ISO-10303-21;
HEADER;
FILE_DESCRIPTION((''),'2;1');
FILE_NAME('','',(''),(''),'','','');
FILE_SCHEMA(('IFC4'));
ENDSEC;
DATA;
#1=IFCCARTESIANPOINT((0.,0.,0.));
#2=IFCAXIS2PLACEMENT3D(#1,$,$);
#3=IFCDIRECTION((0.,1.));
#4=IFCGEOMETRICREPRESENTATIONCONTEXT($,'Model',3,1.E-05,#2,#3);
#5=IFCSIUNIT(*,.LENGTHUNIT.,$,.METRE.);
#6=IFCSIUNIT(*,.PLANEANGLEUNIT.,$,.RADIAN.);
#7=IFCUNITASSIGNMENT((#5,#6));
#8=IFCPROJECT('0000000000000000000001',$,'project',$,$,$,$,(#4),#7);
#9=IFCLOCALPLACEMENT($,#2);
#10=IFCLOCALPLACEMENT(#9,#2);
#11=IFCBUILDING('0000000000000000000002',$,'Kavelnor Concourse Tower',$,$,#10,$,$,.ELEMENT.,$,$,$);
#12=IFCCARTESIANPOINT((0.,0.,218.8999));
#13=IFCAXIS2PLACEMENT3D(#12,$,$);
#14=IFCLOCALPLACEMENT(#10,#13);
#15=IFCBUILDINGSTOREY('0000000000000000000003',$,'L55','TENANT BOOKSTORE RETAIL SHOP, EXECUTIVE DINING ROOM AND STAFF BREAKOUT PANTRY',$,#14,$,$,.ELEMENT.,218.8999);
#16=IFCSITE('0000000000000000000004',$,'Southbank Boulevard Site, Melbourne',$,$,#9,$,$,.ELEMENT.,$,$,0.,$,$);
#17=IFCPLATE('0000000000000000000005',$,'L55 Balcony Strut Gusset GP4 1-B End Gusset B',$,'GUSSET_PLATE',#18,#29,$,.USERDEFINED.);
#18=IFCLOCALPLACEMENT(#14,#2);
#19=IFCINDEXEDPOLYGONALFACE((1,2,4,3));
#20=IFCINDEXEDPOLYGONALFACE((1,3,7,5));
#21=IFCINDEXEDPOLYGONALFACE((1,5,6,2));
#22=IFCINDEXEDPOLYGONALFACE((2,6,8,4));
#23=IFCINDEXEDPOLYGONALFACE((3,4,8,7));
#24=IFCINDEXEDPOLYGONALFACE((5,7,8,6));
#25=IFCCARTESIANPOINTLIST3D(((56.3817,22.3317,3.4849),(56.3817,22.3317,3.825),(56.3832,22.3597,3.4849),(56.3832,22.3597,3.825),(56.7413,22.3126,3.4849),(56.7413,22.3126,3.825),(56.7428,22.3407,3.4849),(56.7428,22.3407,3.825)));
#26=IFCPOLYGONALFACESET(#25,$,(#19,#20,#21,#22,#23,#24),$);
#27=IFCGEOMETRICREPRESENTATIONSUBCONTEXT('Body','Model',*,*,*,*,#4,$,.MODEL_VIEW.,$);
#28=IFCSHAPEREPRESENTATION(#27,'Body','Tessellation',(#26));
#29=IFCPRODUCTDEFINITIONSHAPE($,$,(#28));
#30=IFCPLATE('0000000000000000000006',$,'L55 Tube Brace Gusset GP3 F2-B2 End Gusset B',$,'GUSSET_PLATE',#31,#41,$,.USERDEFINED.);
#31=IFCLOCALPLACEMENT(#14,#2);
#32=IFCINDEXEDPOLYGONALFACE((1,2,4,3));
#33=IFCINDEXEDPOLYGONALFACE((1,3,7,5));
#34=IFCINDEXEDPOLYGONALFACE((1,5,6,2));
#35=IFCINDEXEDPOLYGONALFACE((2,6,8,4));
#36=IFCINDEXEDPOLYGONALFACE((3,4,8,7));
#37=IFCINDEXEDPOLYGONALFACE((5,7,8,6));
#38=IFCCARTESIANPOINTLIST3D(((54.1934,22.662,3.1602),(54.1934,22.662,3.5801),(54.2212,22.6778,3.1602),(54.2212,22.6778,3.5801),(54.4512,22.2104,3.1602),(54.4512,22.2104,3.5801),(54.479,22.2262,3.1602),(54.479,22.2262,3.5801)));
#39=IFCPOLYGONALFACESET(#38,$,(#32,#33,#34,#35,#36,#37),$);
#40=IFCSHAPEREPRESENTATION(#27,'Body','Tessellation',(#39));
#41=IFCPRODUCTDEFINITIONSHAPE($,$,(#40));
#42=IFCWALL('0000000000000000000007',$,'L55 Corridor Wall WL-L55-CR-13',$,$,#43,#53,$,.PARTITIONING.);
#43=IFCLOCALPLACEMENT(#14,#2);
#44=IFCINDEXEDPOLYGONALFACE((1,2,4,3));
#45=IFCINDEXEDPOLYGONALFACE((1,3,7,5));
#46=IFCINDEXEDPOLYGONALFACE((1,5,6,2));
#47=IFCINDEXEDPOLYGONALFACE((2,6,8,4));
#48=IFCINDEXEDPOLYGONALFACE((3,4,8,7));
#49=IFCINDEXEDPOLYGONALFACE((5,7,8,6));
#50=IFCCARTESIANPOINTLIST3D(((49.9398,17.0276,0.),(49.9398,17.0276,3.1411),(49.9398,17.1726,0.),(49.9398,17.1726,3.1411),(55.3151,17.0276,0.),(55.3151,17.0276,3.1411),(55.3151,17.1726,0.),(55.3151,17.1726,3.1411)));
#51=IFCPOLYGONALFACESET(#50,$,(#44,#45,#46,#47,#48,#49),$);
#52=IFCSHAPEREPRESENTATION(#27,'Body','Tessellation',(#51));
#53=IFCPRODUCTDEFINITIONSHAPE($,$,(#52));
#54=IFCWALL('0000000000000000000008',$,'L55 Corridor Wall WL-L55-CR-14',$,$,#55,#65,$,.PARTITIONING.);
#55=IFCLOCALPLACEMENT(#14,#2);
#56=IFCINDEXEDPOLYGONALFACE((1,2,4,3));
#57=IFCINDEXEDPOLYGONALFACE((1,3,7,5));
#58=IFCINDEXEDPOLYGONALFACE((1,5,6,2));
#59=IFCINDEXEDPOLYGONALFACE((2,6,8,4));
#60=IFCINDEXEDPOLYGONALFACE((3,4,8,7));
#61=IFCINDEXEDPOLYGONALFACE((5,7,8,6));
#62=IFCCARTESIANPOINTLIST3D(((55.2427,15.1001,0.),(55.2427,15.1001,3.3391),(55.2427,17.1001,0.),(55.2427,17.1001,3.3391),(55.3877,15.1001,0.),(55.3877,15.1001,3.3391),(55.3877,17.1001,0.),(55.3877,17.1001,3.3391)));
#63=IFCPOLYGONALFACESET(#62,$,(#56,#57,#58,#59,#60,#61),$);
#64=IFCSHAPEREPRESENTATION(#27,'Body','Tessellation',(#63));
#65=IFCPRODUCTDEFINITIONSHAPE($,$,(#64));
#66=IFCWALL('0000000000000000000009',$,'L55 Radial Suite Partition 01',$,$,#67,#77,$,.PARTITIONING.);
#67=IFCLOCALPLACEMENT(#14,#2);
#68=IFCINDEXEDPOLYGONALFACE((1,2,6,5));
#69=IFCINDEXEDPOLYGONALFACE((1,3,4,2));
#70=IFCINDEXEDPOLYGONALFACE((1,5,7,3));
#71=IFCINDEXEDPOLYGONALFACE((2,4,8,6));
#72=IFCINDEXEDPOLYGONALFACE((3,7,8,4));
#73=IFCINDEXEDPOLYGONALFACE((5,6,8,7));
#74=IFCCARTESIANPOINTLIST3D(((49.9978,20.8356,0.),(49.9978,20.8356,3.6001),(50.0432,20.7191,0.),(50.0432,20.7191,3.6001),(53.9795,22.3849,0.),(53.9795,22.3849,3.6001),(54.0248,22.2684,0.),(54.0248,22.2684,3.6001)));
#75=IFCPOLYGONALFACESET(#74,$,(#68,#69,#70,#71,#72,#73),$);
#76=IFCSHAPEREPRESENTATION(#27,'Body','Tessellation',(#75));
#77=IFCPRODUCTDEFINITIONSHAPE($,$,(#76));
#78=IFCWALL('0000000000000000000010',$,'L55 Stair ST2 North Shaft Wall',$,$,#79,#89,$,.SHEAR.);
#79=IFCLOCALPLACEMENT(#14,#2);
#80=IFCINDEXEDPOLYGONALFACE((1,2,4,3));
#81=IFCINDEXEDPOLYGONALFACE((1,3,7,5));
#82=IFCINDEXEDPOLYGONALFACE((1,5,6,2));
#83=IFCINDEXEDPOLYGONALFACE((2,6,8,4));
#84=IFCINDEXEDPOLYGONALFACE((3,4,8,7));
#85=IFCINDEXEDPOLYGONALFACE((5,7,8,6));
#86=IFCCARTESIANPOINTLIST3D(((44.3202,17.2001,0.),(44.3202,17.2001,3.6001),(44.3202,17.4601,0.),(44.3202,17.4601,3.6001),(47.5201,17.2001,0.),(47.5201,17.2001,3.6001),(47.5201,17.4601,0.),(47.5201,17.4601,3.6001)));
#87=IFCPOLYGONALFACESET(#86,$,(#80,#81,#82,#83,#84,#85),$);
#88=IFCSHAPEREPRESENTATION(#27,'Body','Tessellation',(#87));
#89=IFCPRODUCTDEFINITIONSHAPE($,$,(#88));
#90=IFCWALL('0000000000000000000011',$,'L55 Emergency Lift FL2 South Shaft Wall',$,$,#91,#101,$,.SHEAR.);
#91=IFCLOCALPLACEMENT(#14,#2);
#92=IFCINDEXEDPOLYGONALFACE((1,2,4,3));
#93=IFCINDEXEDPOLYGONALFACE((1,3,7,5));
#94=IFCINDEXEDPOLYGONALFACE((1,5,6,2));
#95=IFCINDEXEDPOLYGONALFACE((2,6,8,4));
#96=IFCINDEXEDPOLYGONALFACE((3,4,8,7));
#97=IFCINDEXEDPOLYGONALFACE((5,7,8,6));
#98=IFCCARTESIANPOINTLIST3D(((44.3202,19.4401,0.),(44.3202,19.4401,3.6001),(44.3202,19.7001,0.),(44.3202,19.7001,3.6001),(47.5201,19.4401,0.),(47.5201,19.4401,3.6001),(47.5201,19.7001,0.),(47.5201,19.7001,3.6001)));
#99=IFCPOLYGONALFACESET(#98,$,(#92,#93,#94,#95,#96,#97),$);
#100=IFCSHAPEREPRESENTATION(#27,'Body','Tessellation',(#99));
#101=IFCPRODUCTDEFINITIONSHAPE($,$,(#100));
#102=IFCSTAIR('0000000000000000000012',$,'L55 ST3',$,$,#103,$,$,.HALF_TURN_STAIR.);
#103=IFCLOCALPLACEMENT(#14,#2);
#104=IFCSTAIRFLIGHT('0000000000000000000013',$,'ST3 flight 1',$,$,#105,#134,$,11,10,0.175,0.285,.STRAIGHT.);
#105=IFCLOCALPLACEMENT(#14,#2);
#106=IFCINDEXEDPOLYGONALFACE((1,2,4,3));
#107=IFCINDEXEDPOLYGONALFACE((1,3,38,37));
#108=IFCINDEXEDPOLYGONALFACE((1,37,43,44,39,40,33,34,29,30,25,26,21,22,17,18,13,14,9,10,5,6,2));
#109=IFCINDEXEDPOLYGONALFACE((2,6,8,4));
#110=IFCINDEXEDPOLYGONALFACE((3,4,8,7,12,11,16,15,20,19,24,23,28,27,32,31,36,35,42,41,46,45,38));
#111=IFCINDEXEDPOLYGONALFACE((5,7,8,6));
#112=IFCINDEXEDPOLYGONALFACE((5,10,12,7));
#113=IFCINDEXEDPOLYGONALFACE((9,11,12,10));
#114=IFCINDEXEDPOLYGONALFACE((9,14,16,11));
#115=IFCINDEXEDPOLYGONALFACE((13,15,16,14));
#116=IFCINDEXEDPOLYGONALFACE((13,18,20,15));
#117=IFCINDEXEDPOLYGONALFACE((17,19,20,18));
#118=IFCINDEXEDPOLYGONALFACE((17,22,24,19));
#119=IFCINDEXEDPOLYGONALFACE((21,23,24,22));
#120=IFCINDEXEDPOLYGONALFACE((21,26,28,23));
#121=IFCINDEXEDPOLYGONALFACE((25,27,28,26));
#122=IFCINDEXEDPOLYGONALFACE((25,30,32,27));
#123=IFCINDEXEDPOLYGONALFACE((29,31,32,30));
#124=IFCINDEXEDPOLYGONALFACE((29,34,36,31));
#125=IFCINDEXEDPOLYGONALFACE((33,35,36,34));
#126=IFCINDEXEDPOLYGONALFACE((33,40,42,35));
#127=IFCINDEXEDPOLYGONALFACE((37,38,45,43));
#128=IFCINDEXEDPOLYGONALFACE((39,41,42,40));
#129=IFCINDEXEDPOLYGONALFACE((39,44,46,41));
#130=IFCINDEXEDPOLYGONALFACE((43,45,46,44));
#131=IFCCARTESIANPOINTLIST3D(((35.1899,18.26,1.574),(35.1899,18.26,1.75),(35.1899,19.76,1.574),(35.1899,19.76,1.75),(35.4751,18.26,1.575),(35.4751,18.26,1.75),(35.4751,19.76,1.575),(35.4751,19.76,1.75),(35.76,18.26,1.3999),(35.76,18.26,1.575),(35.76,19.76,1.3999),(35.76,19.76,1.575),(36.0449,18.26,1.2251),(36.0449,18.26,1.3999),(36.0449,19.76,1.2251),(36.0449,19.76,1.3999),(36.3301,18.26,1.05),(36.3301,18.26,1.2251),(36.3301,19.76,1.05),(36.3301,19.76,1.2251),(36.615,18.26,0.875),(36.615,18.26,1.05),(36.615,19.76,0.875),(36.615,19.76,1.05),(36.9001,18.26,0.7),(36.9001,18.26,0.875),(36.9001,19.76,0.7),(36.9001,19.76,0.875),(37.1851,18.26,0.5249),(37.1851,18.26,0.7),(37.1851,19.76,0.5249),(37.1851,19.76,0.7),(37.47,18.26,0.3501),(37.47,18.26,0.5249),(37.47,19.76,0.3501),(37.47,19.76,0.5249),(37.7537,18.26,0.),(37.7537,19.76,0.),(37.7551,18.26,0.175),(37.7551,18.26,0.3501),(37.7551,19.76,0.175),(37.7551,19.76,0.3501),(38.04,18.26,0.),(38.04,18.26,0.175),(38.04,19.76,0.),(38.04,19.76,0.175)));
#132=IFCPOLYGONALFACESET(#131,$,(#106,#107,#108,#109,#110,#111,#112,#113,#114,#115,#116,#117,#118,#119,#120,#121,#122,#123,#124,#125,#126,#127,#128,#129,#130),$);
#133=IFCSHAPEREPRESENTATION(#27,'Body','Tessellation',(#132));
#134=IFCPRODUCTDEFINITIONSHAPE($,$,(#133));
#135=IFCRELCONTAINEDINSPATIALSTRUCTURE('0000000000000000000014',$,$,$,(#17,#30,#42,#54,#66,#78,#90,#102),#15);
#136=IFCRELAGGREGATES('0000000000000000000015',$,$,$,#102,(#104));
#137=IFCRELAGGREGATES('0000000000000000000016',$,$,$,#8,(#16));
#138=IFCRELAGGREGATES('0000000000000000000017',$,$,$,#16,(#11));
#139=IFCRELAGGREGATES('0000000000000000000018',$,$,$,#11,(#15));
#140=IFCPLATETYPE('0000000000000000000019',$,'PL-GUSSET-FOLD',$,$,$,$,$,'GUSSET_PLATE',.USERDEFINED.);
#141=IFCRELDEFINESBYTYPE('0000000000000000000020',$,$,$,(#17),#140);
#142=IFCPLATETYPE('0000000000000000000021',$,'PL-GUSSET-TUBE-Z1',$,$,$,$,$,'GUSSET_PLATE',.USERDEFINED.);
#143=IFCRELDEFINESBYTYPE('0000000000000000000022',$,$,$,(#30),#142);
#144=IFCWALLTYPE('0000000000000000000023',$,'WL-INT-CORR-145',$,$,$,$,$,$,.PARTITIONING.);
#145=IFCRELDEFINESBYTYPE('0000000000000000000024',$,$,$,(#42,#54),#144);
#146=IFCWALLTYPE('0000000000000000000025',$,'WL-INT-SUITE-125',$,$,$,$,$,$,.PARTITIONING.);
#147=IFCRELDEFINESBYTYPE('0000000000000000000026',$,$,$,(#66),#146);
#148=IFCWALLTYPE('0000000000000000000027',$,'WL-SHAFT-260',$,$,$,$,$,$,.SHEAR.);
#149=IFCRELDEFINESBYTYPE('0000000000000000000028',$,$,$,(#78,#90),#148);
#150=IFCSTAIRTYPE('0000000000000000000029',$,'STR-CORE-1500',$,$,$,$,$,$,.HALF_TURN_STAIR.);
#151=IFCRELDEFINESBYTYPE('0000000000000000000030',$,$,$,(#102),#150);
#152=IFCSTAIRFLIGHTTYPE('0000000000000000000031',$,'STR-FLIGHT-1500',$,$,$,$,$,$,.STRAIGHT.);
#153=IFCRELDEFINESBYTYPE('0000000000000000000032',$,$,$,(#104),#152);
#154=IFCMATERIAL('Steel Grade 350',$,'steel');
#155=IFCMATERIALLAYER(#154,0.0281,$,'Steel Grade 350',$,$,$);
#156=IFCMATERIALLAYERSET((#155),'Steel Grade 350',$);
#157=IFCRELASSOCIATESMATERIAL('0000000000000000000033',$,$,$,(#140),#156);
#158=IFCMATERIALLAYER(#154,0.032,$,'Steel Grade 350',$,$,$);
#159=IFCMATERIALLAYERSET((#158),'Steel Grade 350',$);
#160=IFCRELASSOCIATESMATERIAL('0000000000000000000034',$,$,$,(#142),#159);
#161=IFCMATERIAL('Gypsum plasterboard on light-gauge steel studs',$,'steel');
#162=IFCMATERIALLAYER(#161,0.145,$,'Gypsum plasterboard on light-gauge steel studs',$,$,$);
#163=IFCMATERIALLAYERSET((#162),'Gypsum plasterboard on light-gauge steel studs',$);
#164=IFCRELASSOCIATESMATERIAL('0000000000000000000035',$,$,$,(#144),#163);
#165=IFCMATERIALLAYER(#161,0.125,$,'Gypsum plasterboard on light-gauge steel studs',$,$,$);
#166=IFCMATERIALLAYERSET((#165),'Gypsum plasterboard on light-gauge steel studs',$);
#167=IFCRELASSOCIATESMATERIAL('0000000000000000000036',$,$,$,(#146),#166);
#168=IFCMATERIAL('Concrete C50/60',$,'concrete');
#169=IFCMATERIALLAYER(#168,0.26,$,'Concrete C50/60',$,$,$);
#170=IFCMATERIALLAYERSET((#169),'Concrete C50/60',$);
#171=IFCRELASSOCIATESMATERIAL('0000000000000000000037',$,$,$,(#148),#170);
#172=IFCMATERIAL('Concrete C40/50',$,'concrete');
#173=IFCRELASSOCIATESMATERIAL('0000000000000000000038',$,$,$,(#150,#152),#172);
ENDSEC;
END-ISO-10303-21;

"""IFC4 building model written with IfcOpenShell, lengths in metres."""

from ifc_helpers import new_model, si_unit, direction, frame, frame_2d, origin, origin_2d, place, context, subcontext, project, spatial, polyline, rectangle, outline, extrude, material, layer, layer_set, type_object, element, aggregate, save


model = new_model("IFC4")

# Units and contexts
model_context = context("Model", 3, precision=1e-05, world=origin(), true_north=direction((0.0, 1.0)))
body_context = subcontext(model_context, "Body", "Model", "MODEL_VIEW")
ifc_project = project(units=[si_unit("LENGTHUNIT", "METRE"), si_unit("PLANEANGLEUNIT", "RADIAN")], contexts=[model_context])

# Site, building, storey
site_placement = place(None, origin())
site = spatial("IfcSite", under=ifc_project, at=site_placement, Name="Southbank Boulevard Site, Melbourne", CompositionType="ELEMENT", RefElevation=0.0)
building_placement = place(site_placement, origin())
building = spatial("IfcBuilding", under=site, at=building_placement, Name="Kavelnor Concourse Tower", CompositionType="ELEMENT")
storey_placement = place(building_placement, frame((0.0, 0.0, 218.8999)))
storey = spatial("IfcBuildingStorey", under=building, at=storey_placement, Name="L55", Description="TENANT BOOKSTORE RETAIL SHOP, EXECUTIVE DINING ROOM AND STAFF BREAKOUT PANTRY", CompositionType="ELEMENT", Elevation=218.8999)

# Shared definitions
ifc_material_1 = material(Name="Steel Grade 350", Category="steel")

# Plates
ifc_layer_1 = layer(ifc_material_1, 0.0281, Name="Steel Grade 350")
ifc_layer_set_1 = layer_set([ifc_layer_1], Name="Steel Grade 350")
plate_type_1 = type_object("IfcPlateType", Name="PL-GUSSET-FOLD", ElementType="GUSSET_PLATE", PredefinedType="USERDEFINED", material=ifc_layer_set_1)
for number, where, z_axis, x_axis, name in (
    (1, (56.5623, 22.3362, 3.4849), (0.0, 0.0, 1.0), (0.998602, -0.052859, 0.0), "L55 Balcony Strut Gusset GP4 1-B End Gusset B"),
):
    element("IfcPlate", number, at=place(storey_placement, frame(where, z_axis=z_axis, x_axis=x_axis)), inside=storey, type_object=plate_type_1, Name=name, ObjectType="GUSSET_PLATE", PredefinedType="USERDEFINED", context=body_context, shape_type="SweptSolid", body=[
        extrude(rectangle(XDim=0.3601, YDim=0.0281, at=origin_2d()), origin(), (0.0, 0.0, 1.0), 0.3401),
    ])
ifc_layer_2 = layer(ifc_material_1, 0.032, Name="Steel Grade 350")
ifc_layer_set_2 = layer_set([ifc_layer_2], Name="Steel Grade 350")
plate_type_2 = type_object("IfcPlateType", Name="PL-GUSSET-TUBE-Z1", ElementType="GUSSET_PLATE", PredefinedType="USERDEFINED", material=ifc_layer_set_2)
plate_placement = place(storey_placement, frame((54.3362, 22.4441, 3.1602), z_axis=(0.0, 0.0, 1.0), x_axis=(0.495762, -0.868459, 0.0)))
element("IfcPlate", 2, at=plate_placement, inside=storey, type_object=plate_type_2, Name="L55 Tube Brace Gusset GP3 F2-B2 End Gusset B", ObjectType="GUSSET_PLATE", PredefinedType="USERDEFINED", context=body_context, shape_type="SweptSolid", body=[
    extrude(rectangle(XDim=0.52, YDim=0.032, at=origin_2d()), origin(), (0.0, 0.0, 1.0), 0.4199),
])

# Walls
ifc_material_2 = material(Name="Gypsum plasterboard on light-gauge steel studs", Category="steel")
ifc_layer_3 = layer(ifc_material_2, 0.145, Name="Gypsum plasterboard on light-gauge steel studs")
ifc_layer_set_3 = layer_set([ifc_layer_3], Name="Gypsum plasterboard on light-gauge steel studs")
wall_type_1 = type_object("IfcWallType", Name="WL-INT-CORR-145", PredefinedType="PARTITIONING", material=ifc_layer_set_3)
wall_1_placement = place(storey_placement, frame((49.9399, 17.1001, 0.0), z_axis=(0.0, 0.0, 1.0), x_axis=(1.0, 0.0, 0.0)))
element("IfcWall", 3, at=wall_1_placement, inside=storey, type_object=wall_type_1, Name="L55 Corridor Wall WL-L55-CR-13", PredefinedType="PARTITIONING", context=body_context, shape_type="SweptSolid", body=[
    extrude(rectangle(XDim=5.3752, YDim=0.145, at=frame_2d((2.6875, 0.0))), origin(), (0.0, 0.0, 1.0), 3.1411),
])
wall_2_placement = place(storey_placement, frame((55.3152, 17.1001, 0.0), z_axis=(0.0, 0.0, 1.0), x_axis=(0.0, -1.0, 0.0)))
element("IfcWall", 4, at=wall_2_placement, inside=storey, type_object=wall_type_1, Name="L55 Corridor Wall WL-L55-CR-14", PredefinedType="PARTITIONING", context=body_context, shape_type="SweptSolid", body=[
    extrude(rectangle(XDim=2.0, YDim=0.145, at=frame_2d((1.0, 0.0))), origin(), (0.0, 0.0, 1.0), 3.3391),
])
ifc_layer_4 = layer(ifc_material_2, 0.125, Name="Gypsum plasterboard on light-gauge steel studs")
ifc_layer_set_4 = layer_set([ifc_layer_4], Name="Gypsum plasterboard on light-gauge steel studs")
wall_type_2 = type_object("IfcWallType", Name="WL-INT-SUITE-125", PredefinedType="PARTITIONING", material=ifc_layer_set_4)
wall_3_placement = place(storey_placement, frame((50.0205, 20.7773, 0.0), z_axis=(0.0, 0.0, 1.0), x_axis=(0.931935, 0.362625, 0.0)))
element("IfcWall", 5, at=wall_3_placement, inside=storey, type_object=wall_type_2, Name="L55 Radial Suite Partition 01", PredefinedType="PARTITIONING", context=body_context, shape_type="SweptSolid", body=[
    extrude(rectangle(XDim=4.2725, YDim=0.125, at=frame_2d((2.1362, 0.0))), origin(), (0.0, 0.0, 1.0), 3.6001),
])
ifc_material_3 = material(Name="Concrete C50/60", Category="concrete")
ifc_layer_5 = layer(ifc_material_3, 0.26, Name="Concrete C50/60")
ifc_layer_set_5 = layer_set([ifc_layer_5], Name="Concrete C50/60")
wall_type_3 = type_object("IfcWallType", Name="WL-SHAFT-260", PredefinedType="SHEAR", material=ifc_layer_set_5)
for number, where, z_axis, x_axis, name in (
    (6, (44.3201, 17.3301, 0.0), (0.0, 0.0, 1.0), (1.0, 0.0, 0.0), "L55 Stair ST2 North Shaft Wall"),
    (7, (44.3201, 19.5701, 0.0), (0.0, 0.0, 1.0), (1.0, 0.0, 0.0), "L55 Emergency Lift FL2 South Shaft Wall"),
):
    element("IfcWall", number, at=place(storey_placement, frame(where, z_axis=z_axis, x_axis=x_axis)), inside=storey, type_object=wall_type_3, Name=name, PredefinedType="SHEAR", context=body_context, shape_type="SweptSolid", body=[
        extrude(rectangle(XDim=3.2, YDim=0.26, at=frame_2d((1.6001, 0.0))), origin(), (0.0, 0.0, 1.0), 3.6001),
    ])

# Stair, stair flight
ifc_material_4 = material(Name="Concrete C40/50", Category="concrete")
stair_type = type_object("IfcStairType", Name="STR-CORE-1500", PredefinedType="HALF_TURN_STAIR", material=ifc_material_4)
stair_placement = place(storey_placement, origin())
stair = element("IfcStair", 8, at=stair_placement, inside=storey, type_object=stair_type, Name="L55 ST3", PredefinedType="HALF_TURN_STAIR")
stair_flight_type = type_object("IfcStairFlightType", Name="STR-FLIGHT-1500", PredefinedType="STRAIGHT", material=ifc_material_4)
stair_flight_placement = place(storey_placement, frame((38.04, 19.01, 0.0), z_axis=(0.0, 0.0, 1.0), x_axis=(-1.0, 0.0, 0.0)))
stair_flight = element("IfcStairFlight", 9, at=stair_flight_placement, type_object=stair_flight_type, Name="ST3 flight 1", NumberOfRisers=11, NumberOfTreads=10, PredefinedType="STRAIGHT", RiserHeight=0.175, TreadLength=0.285, context=body_context, shape_type="SweptSolid", body=[
    extrude(outline(polyline([(0.0, 0.0), (0.0, 0.175), (0.2849, 0.175), (0.2849, 0.3501), (0.5701, 0.3501), (0.5701, 0.5249), (0.855, 0.5249), (0.855, 0.7), (1.1399, 0.7), (1.1399, 0.875), (1.425, 0.875), (1.425, 1.05), (1.71, 1.05), (1.71, 1.2251), (1.9951, 1.2251), (1.9951, 1.3999), (2.28, 1.3999), (2.28, 1.575), (2.5649, 1.575), (2.5649, 1.75), (2.8501, 1.75), (2.8501, 1.925), (2.8501, 1.574), (0.2864, 0.0), (0.0, 0.0)])), frame((0.0, 0.75, 0.0), z_axis=(0.0, -1.0, 0.0), x_axis=(1.0, 0.0, 0.0)), (0.0, 0.0, 1.0), 1.5),
])
aggregate(stair, [stair_flight])

save(model, "model.ifc")
